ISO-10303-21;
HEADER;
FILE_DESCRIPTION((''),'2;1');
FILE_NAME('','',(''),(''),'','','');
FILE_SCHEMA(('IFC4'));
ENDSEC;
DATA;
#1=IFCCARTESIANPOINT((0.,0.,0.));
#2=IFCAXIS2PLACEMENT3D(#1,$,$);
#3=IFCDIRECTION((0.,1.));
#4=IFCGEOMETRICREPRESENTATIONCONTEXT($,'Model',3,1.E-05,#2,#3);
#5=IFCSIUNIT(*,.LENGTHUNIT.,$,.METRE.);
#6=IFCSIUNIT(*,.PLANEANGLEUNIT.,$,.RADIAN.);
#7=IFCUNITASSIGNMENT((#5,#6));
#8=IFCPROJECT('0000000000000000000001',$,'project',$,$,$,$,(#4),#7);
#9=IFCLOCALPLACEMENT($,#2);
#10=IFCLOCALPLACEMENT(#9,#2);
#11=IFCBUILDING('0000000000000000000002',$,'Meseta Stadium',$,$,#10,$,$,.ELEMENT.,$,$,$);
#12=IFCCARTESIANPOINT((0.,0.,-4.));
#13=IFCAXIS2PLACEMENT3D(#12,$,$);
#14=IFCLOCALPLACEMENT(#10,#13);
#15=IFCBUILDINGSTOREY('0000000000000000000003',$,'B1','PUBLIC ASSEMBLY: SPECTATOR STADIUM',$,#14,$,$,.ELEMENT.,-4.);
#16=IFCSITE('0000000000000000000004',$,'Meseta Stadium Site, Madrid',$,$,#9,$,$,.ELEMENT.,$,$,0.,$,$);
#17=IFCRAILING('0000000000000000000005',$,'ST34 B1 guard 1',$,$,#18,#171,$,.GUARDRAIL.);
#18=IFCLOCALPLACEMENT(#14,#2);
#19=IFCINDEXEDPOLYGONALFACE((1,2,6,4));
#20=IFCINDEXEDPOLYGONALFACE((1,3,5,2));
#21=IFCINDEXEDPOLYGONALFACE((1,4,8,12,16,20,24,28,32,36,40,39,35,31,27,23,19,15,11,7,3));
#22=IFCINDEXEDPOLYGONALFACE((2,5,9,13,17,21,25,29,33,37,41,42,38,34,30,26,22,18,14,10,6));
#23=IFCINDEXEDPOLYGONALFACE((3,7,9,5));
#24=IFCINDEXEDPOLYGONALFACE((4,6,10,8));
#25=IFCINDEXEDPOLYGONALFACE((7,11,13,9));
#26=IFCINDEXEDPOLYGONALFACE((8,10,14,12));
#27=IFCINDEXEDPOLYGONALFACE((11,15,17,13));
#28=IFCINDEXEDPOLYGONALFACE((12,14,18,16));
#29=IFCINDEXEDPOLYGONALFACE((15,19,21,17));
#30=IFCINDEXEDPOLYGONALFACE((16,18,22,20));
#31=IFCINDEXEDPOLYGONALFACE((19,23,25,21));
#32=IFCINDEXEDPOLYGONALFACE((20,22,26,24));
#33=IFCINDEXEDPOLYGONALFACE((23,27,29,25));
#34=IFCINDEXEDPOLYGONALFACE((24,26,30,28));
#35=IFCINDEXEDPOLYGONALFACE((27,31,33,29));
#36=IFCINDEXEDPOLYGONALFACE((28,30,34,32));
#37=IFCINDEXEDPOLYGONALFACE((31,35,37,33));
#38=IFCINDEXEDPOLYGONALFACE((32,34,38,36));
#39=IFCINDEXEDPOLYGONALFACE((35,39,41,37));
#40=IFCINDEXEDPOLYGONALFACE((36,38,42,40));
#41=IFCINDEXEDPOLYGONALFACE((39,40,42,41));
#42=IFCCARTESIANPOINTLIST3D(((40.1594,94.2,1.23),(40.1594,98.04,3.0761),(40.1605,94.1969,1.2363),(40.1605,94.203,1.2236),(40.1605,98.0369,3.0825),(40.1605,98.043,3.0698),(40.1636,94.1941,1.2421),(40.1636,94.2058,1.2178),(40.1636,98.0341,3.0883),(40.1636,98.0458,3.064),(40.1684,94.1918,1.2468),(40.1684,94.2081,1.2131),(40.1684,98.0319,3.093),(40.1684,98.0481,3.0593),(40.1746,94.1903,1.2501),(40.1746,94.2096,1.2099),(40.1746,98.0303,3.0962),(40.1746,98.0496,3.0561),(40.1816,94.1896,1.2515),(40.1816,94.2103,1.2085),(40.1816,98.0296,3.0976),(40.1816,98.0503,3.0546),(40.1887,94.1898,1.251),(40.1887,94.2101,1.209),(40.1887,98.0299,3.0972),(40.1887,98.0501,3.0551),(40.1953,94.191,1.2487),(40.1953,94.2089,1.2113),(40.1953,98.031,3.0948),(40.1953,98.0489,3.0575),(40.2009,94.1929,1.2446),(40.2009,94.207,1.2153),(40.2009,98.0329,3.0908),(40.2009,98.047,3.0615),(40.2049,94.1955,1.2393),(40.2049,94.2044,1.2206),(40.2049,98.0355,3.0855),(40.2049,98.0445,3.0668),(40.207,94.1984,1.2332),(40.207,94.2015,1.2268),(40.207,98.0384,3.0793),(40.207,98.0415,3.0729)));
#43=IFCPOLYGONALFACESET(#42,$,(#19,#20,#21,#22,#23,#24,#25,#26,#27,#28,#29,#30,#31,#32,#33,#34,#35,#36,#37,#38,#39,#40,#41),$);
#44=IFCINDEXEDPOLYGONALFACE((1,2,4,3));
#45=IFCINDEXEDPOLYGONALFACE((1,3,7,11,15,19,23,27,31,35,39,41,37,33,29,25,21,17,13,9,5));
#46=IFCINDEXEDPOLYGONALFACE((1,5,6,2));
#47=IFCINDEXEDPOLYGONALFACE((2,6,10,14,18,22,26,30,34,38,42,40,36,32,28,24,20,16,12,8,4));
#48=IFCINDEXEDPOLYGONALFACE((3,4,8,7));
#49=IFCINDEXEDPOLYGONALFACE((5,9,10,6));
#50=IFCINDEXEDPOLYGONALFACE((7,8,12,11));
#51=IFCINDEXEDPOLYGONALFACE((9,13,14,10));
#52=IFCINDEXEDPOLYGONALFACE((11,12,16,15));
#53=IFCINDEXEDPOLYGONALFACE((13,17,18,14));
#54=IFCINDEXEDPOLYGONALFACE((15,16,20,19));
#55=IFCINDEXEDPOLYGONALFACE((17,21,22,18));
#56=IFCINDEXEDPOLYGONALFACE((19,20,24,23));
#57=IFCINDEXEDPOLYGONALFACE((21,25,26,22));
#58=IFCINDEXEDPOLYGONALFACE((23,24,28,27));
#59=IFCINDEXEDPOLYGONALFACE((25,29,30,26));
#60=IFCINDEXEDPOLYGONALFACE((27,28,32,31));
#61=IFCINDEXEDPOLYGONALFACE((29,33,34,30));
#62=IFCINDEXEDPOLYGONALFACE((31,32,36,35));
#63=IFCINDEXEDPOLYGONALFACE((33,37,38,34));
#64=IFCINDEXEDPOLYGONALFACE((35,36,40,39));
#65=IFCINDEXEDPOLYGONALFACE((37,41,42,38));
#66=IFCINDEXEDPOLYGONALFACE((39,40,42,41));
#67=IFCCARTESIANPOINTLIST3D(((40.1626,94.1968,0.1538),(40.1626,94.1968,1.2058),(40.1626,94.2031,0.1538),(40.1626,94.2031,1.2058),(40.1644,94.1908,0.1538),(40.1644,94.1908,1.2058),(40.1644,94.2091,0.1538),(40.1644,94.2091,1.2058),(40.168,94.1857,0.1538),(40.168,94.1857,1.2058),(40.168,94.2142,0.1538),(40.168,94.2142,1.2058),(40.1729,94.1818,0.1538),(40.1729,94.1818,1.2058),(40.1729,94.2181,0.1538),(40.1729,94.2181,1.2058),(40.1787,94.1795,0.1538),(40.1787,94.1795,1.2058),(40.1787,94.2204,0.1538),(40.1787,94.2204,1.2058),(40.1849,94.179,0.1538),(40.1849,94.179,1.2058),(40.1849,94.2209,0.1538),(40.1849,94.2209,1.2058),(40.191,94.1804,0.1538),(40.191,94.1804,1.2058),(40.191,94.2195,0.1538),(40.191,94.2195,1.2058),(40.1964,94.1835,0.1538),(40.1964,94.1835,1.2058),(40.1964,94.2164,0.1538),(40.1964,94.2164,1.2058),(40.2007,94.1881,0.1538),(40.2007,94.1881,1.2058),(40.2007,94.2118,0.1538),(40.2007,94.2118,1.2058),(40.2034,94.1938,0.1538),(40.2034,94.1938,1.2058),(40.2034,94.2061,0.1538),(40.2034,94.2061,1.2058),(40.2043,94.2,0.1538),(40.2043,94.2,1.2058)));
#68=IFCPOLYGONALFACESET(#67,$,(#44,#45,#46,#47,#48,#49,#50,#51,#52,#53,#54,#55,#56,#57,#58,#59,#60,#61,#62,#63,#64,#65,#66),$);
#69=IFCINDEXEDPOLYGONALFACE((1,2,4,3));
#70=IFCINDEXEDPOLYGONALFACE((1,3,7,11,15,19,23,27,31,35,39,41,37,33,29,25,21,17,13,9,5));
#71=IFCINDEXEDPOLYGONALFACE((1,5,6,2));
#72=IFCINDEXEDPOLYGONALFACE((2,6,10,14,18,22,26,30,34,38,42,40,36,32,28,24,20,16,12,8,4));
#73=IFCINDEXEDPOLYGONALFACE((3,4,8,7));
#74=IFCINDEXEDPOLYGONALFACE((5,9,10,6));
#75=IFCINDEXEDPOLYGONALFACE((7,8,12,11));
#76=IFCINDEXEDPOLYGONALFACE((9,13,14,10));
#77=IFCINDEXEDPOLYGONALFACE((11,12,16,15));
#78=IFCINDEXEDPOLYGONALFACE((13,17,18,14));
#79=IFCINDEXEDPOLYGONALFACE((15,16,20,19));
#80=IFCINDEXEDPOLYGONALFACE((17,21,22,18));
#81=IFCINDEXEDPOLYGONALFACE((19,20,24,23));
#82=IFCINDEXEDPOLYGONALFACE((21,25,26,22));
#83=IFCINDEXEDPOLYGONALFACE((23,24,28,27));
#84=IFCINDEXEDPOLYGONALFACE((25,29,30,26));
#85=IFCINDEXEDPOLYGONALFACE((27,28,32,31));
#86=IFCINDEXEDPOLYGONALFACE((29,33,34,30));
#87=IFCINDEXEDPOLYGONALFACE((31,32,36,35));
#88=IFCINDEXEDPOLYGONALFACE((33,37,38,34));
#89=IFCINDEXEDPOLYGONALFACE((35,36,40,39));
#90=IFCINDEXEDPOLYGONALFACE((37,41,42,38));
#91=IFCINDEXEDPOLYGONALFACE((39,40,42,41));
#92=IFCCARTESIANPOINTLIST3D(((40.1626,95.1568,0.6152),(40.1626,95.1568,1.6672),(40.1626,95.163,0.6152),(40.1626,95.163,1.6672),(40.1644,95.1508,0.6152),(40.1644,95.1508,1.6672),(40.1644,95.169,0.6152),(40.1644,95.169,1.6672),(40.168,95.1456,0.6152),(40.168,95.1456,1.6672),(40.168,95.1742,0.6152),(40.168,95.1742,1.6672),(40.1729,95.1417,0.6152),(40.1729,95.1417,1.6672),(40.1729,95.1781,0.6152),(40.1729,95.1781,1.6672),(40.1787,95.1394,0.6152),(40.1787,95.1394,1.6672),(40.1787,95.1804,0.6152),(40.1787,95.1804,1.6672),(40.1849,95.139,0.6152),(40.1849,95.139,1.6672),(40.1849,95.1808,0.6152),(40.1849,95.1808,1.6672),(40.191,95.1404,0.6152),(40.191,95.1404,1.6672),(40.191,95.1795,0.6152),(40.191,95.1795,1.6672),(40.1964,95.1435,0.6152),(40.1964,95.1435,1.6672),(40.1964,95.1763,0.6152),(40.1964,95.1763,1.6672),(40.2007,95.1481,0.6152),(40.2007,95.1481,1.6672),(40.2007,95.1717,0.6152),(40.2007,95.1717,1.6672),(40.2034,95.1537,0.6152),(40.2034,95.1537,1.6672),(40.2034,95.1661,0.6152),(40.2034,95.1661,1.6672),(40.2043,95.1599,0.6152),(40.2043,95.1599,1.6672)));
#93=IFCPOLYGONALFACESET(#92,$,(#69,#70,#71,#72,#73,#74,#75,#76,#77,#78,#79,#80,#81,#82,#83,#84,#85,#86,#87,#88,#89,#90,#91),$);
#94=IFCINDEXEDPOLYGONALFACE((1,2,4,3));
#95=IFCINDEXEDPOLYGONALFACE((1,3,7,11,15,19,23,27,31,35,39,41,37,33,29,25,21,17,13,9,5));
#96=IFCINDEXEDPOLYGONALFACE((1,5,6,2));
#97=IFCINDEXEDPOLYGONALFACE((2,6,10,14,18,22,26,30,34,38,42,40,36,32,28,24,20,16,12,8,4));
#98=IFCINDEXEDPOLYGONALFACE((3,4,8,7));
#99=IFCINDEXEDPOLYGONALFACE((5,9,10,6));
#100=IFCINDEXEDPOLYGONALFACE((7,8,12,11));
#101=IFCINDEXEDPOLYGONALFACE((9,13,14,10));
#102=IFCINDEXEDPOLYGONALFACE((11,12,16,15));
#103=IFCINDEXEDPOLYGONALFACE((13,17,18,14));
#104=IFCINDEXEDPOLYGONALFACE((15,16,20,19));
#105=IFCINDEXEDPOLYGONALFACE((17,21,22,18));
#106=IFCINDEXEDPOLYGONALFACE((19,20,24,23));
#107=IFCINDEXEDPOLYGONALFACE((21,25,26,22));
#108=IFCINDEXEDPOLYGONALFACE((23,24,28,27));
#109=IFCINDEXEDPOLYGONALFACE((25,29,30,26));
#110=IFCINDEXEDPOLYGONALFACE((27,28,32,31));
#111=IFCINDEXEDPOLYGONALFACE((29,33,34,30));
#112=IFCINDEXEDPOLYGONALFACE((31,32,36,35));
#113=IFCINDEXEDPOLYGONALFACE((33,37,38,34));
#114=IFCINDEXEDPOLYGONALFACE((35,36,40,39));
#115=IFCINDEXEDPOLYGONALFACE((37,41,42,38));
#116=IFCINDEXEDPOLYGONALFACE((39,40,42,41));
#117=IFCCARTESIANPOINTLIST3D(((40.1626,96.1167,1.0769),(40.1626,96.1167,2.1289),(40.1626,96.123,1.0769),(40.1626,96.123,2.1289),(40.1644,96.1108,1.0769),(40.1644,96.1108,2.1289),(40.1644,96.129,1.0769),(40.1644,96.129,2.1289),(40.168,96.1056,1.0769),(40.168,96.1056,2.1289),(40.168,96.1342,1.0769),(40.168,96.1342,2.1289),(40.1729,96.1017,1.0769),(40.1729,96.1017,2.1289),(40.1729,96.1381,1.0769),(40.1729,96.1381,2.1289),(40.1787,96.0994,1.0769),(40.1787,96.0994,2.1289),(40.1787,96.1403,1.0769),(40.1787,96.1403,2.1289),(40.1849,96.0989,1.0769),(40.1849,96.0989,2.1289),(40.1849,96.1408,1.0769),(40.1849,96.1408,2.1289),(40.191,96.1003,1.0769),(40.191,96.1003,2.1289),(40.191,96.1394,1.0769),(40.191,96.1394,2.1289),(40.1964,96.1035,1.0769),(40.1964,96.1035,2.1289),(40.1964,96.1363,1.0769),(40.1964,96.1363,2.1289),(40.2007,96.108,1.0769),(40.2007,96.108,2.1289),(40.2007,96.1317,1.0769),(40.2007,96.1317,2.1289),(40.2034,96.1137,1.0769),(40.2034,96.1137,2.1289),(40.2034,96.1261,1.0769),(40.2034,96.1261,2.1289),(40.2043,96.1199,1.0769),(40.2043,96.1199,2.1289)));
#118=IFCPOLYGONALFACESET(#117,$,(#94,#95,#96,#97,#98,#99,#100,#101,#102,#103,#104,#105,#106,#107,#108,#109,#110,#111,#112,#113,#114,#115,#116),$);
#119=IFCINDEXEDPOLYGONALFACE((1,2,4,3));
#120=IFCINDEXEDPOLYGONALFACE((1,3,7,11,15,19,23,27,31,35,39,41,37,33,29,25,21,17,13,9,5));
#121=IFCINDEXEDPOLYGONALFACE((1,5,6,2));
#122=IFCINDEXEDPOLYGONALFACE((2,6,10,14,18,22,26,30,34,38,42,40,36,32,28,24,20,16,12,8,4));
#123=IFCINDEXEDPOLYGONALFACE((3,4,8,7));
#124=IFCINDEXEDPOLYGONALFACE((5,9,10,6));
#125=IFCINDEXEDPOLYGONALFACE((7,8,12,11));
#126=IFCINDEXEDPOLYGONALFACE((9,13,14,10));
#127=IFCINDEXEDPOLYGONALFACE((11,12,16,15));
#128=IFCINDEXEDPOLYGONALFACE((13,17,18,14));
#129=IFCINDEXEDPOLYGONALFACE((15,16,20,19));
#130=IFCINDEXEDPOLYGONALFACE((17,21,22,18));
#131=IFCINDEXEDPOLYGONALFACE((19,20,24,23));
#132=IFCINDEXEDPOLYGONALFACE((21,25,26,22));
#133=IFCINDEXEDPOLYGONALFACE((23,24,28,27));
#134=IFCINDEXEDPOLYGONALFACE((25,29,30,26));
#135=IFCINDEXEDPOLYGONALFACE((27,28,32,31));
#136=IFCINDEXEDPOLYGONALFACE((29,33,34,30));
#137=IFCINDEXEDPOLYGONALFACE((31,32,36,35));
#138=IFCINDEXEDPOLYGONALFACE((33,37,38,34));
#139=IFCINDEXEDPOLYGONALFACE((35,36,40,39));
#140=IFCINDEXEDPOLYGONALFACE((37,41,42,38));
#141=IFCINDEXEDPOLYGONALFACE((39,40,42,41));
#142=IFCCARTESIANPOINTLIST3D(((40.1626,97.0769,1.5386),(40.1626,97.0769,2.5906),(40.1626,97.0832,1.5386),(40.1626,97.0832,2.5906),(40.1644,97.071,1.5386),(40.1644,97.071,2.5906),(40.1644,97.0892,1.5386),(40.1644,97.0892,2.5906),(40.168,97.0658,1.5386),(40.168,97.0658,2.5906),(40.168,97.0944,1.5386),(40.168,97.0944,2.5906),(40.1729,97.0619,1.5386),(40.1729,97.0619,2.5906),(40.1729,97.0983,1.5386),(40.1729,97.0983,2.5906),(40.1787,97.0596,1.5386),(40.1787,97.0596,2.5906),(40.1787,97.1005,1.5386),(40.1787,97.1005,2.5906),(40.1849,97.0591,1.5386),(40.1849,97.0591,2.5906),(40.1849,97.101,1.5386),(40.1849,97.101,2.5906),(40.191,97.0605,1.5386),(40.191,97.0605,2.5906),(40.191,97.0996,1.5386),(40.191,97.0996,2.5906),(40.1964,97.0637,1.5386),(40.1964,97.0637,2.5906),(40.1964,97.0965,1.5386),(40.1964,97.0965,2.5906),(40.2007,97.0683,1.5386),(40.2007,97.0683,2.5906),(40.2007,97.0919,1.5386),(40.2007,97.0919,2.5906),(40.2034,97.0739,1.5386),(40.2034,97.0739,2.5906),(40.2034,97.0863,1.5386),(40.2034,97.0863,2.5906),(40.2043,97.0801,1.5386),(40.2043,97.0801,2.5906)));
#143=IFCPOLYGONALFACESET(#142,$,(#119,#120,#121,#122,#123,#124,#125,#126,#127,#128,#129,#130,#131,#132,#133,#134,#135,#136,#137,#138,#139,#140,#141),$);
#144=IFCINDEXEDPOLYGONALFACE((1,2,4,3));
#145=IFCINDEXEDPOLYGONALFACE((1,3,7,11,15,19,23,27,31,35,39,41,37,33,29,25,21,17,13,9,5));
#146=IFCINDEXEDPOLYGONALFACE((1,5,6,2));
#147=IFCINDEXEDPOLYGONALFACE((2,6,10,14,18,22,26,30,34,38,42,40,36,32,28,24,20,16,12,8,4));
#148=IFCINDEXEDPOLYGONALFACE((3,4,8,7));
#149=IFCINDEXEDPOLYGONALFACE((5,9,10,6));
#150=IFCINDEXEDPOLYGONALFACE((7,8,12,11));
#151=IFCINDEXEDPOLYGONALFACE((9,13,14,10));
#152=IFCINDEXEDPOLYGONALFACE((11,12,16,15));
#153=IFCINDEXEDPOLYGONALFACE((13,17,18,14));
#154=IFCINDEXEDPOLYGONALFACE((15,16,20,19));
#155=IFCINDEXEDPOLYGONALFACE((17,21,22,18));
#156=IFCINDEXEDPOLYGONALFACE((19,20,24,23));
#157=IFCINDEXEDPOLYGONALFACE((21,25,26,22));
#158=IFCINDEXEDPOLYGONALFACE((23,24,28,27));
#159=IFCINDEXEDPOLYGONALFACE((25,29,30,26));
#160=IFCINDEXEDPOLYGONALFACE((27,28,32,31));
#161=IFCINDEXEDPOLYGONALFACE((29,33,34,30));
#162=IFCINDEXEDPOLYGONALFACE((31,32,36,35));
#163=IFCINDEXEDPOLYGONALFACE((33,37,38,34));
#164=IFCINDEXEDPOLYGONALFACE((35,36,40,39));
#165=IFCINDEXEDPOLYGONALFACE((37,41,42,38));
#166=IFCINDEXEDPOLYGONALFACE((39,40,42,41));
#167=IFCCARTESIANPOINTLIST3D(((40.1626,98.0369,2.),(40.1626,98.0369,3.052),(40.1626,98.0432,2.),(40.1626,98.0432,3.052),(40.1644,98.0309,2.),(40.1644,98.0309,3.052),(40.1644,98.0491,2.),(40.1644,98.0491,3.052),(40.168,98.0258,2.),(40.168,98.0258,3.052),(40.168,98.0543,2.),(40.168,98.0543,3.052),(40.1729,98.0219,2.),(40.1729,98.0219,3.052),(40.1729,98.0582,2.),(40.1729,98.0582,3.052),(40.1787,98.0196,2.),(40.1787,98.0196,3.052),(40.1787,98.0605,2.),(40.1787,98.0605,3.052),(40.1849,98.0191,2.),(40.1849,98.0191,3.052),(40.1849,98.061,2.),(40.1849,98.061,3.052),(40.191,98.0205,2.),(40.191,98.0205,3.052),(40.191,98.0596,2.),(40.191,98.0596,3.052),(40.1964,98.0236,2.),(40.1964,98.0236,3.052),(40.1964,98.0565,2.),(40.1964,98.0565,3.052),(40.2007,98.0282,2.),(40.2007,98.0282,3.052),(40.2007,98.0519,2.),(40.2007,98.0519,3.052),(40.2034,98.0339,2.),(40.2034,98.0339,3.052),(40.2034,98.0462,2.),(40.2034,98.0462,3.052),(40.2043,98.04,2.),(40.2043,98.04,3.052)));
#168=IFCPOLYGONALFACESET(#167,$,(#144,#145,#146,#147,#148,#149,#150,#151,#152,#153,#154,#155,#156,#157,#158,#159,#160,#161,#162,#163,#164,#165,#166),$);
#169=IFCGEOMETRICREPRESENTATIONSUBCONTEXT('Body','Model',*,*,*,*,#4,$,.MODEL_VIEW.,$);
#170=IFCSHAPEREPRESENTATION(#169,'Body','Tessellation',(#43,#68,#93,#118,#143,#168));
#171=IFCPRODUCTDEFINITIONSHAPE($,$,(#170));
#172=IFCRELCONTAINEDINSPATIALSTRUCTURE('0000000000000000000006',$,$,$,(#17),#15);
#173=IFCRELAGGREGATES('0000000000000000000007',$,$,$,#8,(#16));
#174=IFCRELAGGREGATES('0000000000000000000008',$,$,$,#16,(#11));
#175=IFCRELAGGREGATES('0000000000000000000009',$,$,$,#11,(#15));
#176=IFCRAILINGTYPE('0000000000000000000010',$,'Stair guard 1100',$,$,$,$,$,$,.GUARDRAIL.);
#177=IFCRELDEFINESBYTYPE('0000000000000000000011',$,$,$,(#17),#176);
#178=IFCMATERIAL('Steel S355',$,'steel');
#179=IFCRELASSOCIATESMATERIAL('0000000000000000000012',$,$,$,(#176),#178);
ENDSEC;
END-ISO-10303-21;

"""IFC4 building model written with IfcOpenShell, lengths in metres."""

from ifc_helpers import new_model, si_unit, direction, frame, origin, origin_2d, place, context, subcontext, project, spatial, circle, extrude, material, type_object, element, save


model = new_model("IFC4")

# Units and contexts
model_context = context("Model", 3, precision=1e-05, world=origin(), true_north=direction((0.0, 1.0)))
body_context = subcontext(model_context, "Body", "Model", "MODEL_VIEW")
ifc_project = project(units=[si_unit("LENGTHUNIT", "METRE"), si_unit("PLANEANGLEUNIT", "RADIAN")], contexts=[model_context])

# Site, building, storey
site_placement = place(None, origin())
site = spatial("IfcSite", under=ifc_project, at=site_placement, Name="Meseta Stadium Site, Madrid", CompositionType="ELEMENT", RefElevation=0.0)
building_placement = place(site_placement, origin())
building = spatial("IfcBuilding", under=site, at=building_placement, Name="Meseta Stadium", CompositionType="ELEMENT")
storey_placement = place(building_placement, frame((0.0, 0.0, -4.0)))
storey = spatial("IfcBuildingStorey", under=building, at=storey_placement, Name="B1", Description="PUBLIC ASSEMBLY: SPECTATOR STADIUM", CompositionType="ELEMENT", Elevation=-4.0)

# Railing
ifc_material_1 = material(Name="Steel S355", Category="steel")
railing_type_1 = type_object("IfcRailingType", Name="Stair guard 1100", PredefinedType="GUARDRAIL", material=ifc_material_1)
railing_1_placement = place(storey_placement, frame((40.1833, 94.2, 0.1538)))
element("IfcRailing", 1, at=railing_1_placement, inside=storey, type_object=railing_type_1, Name="ST34 B1 guard 1", PredefinedType="GUARDRAIL", context=body_context, shape_type="SweptSolid", body=[
    extrude(circle(Radius=0.0239, at=origin_2d()), frame((0.0, 0.0, 1.0762), z_axis=(0.0, 0.901253, 0.433294), x_axis=(-1.0, 0.0, 0.0)), (0.0, 0.0, 1.0), 4.2607),
    extrude(circle(Radius=0.021, at=origin_2d()), origin(), (0.0, 0.0, 1.0), 1.052),
    extrude(circle(Radius=0.021, at=origin_2d()), frame((0.0, 0.96, 0.4614)), (0.0, 0.0, 1.0), 1.052),
    extrude(circle(Radius=0.021, at=origin_2d()), frame((0.0, 1.9199, 0.9231)), (0.0, 0.0, 1.0), 1.052),
    extrude(circle(Radius=0.021, at=origin_2d()), frame((0.0, 2.8801, 1.3848)), (0.0, 0.0, 1.0), 1.052),
    extrude(circle(Radius=0.021, at=origin_2d()), frame((0.0, 3.8401, 1.8462)), (0.0, 0.0, 1.0), 1.052),
])

save(model, "model.ifc")
